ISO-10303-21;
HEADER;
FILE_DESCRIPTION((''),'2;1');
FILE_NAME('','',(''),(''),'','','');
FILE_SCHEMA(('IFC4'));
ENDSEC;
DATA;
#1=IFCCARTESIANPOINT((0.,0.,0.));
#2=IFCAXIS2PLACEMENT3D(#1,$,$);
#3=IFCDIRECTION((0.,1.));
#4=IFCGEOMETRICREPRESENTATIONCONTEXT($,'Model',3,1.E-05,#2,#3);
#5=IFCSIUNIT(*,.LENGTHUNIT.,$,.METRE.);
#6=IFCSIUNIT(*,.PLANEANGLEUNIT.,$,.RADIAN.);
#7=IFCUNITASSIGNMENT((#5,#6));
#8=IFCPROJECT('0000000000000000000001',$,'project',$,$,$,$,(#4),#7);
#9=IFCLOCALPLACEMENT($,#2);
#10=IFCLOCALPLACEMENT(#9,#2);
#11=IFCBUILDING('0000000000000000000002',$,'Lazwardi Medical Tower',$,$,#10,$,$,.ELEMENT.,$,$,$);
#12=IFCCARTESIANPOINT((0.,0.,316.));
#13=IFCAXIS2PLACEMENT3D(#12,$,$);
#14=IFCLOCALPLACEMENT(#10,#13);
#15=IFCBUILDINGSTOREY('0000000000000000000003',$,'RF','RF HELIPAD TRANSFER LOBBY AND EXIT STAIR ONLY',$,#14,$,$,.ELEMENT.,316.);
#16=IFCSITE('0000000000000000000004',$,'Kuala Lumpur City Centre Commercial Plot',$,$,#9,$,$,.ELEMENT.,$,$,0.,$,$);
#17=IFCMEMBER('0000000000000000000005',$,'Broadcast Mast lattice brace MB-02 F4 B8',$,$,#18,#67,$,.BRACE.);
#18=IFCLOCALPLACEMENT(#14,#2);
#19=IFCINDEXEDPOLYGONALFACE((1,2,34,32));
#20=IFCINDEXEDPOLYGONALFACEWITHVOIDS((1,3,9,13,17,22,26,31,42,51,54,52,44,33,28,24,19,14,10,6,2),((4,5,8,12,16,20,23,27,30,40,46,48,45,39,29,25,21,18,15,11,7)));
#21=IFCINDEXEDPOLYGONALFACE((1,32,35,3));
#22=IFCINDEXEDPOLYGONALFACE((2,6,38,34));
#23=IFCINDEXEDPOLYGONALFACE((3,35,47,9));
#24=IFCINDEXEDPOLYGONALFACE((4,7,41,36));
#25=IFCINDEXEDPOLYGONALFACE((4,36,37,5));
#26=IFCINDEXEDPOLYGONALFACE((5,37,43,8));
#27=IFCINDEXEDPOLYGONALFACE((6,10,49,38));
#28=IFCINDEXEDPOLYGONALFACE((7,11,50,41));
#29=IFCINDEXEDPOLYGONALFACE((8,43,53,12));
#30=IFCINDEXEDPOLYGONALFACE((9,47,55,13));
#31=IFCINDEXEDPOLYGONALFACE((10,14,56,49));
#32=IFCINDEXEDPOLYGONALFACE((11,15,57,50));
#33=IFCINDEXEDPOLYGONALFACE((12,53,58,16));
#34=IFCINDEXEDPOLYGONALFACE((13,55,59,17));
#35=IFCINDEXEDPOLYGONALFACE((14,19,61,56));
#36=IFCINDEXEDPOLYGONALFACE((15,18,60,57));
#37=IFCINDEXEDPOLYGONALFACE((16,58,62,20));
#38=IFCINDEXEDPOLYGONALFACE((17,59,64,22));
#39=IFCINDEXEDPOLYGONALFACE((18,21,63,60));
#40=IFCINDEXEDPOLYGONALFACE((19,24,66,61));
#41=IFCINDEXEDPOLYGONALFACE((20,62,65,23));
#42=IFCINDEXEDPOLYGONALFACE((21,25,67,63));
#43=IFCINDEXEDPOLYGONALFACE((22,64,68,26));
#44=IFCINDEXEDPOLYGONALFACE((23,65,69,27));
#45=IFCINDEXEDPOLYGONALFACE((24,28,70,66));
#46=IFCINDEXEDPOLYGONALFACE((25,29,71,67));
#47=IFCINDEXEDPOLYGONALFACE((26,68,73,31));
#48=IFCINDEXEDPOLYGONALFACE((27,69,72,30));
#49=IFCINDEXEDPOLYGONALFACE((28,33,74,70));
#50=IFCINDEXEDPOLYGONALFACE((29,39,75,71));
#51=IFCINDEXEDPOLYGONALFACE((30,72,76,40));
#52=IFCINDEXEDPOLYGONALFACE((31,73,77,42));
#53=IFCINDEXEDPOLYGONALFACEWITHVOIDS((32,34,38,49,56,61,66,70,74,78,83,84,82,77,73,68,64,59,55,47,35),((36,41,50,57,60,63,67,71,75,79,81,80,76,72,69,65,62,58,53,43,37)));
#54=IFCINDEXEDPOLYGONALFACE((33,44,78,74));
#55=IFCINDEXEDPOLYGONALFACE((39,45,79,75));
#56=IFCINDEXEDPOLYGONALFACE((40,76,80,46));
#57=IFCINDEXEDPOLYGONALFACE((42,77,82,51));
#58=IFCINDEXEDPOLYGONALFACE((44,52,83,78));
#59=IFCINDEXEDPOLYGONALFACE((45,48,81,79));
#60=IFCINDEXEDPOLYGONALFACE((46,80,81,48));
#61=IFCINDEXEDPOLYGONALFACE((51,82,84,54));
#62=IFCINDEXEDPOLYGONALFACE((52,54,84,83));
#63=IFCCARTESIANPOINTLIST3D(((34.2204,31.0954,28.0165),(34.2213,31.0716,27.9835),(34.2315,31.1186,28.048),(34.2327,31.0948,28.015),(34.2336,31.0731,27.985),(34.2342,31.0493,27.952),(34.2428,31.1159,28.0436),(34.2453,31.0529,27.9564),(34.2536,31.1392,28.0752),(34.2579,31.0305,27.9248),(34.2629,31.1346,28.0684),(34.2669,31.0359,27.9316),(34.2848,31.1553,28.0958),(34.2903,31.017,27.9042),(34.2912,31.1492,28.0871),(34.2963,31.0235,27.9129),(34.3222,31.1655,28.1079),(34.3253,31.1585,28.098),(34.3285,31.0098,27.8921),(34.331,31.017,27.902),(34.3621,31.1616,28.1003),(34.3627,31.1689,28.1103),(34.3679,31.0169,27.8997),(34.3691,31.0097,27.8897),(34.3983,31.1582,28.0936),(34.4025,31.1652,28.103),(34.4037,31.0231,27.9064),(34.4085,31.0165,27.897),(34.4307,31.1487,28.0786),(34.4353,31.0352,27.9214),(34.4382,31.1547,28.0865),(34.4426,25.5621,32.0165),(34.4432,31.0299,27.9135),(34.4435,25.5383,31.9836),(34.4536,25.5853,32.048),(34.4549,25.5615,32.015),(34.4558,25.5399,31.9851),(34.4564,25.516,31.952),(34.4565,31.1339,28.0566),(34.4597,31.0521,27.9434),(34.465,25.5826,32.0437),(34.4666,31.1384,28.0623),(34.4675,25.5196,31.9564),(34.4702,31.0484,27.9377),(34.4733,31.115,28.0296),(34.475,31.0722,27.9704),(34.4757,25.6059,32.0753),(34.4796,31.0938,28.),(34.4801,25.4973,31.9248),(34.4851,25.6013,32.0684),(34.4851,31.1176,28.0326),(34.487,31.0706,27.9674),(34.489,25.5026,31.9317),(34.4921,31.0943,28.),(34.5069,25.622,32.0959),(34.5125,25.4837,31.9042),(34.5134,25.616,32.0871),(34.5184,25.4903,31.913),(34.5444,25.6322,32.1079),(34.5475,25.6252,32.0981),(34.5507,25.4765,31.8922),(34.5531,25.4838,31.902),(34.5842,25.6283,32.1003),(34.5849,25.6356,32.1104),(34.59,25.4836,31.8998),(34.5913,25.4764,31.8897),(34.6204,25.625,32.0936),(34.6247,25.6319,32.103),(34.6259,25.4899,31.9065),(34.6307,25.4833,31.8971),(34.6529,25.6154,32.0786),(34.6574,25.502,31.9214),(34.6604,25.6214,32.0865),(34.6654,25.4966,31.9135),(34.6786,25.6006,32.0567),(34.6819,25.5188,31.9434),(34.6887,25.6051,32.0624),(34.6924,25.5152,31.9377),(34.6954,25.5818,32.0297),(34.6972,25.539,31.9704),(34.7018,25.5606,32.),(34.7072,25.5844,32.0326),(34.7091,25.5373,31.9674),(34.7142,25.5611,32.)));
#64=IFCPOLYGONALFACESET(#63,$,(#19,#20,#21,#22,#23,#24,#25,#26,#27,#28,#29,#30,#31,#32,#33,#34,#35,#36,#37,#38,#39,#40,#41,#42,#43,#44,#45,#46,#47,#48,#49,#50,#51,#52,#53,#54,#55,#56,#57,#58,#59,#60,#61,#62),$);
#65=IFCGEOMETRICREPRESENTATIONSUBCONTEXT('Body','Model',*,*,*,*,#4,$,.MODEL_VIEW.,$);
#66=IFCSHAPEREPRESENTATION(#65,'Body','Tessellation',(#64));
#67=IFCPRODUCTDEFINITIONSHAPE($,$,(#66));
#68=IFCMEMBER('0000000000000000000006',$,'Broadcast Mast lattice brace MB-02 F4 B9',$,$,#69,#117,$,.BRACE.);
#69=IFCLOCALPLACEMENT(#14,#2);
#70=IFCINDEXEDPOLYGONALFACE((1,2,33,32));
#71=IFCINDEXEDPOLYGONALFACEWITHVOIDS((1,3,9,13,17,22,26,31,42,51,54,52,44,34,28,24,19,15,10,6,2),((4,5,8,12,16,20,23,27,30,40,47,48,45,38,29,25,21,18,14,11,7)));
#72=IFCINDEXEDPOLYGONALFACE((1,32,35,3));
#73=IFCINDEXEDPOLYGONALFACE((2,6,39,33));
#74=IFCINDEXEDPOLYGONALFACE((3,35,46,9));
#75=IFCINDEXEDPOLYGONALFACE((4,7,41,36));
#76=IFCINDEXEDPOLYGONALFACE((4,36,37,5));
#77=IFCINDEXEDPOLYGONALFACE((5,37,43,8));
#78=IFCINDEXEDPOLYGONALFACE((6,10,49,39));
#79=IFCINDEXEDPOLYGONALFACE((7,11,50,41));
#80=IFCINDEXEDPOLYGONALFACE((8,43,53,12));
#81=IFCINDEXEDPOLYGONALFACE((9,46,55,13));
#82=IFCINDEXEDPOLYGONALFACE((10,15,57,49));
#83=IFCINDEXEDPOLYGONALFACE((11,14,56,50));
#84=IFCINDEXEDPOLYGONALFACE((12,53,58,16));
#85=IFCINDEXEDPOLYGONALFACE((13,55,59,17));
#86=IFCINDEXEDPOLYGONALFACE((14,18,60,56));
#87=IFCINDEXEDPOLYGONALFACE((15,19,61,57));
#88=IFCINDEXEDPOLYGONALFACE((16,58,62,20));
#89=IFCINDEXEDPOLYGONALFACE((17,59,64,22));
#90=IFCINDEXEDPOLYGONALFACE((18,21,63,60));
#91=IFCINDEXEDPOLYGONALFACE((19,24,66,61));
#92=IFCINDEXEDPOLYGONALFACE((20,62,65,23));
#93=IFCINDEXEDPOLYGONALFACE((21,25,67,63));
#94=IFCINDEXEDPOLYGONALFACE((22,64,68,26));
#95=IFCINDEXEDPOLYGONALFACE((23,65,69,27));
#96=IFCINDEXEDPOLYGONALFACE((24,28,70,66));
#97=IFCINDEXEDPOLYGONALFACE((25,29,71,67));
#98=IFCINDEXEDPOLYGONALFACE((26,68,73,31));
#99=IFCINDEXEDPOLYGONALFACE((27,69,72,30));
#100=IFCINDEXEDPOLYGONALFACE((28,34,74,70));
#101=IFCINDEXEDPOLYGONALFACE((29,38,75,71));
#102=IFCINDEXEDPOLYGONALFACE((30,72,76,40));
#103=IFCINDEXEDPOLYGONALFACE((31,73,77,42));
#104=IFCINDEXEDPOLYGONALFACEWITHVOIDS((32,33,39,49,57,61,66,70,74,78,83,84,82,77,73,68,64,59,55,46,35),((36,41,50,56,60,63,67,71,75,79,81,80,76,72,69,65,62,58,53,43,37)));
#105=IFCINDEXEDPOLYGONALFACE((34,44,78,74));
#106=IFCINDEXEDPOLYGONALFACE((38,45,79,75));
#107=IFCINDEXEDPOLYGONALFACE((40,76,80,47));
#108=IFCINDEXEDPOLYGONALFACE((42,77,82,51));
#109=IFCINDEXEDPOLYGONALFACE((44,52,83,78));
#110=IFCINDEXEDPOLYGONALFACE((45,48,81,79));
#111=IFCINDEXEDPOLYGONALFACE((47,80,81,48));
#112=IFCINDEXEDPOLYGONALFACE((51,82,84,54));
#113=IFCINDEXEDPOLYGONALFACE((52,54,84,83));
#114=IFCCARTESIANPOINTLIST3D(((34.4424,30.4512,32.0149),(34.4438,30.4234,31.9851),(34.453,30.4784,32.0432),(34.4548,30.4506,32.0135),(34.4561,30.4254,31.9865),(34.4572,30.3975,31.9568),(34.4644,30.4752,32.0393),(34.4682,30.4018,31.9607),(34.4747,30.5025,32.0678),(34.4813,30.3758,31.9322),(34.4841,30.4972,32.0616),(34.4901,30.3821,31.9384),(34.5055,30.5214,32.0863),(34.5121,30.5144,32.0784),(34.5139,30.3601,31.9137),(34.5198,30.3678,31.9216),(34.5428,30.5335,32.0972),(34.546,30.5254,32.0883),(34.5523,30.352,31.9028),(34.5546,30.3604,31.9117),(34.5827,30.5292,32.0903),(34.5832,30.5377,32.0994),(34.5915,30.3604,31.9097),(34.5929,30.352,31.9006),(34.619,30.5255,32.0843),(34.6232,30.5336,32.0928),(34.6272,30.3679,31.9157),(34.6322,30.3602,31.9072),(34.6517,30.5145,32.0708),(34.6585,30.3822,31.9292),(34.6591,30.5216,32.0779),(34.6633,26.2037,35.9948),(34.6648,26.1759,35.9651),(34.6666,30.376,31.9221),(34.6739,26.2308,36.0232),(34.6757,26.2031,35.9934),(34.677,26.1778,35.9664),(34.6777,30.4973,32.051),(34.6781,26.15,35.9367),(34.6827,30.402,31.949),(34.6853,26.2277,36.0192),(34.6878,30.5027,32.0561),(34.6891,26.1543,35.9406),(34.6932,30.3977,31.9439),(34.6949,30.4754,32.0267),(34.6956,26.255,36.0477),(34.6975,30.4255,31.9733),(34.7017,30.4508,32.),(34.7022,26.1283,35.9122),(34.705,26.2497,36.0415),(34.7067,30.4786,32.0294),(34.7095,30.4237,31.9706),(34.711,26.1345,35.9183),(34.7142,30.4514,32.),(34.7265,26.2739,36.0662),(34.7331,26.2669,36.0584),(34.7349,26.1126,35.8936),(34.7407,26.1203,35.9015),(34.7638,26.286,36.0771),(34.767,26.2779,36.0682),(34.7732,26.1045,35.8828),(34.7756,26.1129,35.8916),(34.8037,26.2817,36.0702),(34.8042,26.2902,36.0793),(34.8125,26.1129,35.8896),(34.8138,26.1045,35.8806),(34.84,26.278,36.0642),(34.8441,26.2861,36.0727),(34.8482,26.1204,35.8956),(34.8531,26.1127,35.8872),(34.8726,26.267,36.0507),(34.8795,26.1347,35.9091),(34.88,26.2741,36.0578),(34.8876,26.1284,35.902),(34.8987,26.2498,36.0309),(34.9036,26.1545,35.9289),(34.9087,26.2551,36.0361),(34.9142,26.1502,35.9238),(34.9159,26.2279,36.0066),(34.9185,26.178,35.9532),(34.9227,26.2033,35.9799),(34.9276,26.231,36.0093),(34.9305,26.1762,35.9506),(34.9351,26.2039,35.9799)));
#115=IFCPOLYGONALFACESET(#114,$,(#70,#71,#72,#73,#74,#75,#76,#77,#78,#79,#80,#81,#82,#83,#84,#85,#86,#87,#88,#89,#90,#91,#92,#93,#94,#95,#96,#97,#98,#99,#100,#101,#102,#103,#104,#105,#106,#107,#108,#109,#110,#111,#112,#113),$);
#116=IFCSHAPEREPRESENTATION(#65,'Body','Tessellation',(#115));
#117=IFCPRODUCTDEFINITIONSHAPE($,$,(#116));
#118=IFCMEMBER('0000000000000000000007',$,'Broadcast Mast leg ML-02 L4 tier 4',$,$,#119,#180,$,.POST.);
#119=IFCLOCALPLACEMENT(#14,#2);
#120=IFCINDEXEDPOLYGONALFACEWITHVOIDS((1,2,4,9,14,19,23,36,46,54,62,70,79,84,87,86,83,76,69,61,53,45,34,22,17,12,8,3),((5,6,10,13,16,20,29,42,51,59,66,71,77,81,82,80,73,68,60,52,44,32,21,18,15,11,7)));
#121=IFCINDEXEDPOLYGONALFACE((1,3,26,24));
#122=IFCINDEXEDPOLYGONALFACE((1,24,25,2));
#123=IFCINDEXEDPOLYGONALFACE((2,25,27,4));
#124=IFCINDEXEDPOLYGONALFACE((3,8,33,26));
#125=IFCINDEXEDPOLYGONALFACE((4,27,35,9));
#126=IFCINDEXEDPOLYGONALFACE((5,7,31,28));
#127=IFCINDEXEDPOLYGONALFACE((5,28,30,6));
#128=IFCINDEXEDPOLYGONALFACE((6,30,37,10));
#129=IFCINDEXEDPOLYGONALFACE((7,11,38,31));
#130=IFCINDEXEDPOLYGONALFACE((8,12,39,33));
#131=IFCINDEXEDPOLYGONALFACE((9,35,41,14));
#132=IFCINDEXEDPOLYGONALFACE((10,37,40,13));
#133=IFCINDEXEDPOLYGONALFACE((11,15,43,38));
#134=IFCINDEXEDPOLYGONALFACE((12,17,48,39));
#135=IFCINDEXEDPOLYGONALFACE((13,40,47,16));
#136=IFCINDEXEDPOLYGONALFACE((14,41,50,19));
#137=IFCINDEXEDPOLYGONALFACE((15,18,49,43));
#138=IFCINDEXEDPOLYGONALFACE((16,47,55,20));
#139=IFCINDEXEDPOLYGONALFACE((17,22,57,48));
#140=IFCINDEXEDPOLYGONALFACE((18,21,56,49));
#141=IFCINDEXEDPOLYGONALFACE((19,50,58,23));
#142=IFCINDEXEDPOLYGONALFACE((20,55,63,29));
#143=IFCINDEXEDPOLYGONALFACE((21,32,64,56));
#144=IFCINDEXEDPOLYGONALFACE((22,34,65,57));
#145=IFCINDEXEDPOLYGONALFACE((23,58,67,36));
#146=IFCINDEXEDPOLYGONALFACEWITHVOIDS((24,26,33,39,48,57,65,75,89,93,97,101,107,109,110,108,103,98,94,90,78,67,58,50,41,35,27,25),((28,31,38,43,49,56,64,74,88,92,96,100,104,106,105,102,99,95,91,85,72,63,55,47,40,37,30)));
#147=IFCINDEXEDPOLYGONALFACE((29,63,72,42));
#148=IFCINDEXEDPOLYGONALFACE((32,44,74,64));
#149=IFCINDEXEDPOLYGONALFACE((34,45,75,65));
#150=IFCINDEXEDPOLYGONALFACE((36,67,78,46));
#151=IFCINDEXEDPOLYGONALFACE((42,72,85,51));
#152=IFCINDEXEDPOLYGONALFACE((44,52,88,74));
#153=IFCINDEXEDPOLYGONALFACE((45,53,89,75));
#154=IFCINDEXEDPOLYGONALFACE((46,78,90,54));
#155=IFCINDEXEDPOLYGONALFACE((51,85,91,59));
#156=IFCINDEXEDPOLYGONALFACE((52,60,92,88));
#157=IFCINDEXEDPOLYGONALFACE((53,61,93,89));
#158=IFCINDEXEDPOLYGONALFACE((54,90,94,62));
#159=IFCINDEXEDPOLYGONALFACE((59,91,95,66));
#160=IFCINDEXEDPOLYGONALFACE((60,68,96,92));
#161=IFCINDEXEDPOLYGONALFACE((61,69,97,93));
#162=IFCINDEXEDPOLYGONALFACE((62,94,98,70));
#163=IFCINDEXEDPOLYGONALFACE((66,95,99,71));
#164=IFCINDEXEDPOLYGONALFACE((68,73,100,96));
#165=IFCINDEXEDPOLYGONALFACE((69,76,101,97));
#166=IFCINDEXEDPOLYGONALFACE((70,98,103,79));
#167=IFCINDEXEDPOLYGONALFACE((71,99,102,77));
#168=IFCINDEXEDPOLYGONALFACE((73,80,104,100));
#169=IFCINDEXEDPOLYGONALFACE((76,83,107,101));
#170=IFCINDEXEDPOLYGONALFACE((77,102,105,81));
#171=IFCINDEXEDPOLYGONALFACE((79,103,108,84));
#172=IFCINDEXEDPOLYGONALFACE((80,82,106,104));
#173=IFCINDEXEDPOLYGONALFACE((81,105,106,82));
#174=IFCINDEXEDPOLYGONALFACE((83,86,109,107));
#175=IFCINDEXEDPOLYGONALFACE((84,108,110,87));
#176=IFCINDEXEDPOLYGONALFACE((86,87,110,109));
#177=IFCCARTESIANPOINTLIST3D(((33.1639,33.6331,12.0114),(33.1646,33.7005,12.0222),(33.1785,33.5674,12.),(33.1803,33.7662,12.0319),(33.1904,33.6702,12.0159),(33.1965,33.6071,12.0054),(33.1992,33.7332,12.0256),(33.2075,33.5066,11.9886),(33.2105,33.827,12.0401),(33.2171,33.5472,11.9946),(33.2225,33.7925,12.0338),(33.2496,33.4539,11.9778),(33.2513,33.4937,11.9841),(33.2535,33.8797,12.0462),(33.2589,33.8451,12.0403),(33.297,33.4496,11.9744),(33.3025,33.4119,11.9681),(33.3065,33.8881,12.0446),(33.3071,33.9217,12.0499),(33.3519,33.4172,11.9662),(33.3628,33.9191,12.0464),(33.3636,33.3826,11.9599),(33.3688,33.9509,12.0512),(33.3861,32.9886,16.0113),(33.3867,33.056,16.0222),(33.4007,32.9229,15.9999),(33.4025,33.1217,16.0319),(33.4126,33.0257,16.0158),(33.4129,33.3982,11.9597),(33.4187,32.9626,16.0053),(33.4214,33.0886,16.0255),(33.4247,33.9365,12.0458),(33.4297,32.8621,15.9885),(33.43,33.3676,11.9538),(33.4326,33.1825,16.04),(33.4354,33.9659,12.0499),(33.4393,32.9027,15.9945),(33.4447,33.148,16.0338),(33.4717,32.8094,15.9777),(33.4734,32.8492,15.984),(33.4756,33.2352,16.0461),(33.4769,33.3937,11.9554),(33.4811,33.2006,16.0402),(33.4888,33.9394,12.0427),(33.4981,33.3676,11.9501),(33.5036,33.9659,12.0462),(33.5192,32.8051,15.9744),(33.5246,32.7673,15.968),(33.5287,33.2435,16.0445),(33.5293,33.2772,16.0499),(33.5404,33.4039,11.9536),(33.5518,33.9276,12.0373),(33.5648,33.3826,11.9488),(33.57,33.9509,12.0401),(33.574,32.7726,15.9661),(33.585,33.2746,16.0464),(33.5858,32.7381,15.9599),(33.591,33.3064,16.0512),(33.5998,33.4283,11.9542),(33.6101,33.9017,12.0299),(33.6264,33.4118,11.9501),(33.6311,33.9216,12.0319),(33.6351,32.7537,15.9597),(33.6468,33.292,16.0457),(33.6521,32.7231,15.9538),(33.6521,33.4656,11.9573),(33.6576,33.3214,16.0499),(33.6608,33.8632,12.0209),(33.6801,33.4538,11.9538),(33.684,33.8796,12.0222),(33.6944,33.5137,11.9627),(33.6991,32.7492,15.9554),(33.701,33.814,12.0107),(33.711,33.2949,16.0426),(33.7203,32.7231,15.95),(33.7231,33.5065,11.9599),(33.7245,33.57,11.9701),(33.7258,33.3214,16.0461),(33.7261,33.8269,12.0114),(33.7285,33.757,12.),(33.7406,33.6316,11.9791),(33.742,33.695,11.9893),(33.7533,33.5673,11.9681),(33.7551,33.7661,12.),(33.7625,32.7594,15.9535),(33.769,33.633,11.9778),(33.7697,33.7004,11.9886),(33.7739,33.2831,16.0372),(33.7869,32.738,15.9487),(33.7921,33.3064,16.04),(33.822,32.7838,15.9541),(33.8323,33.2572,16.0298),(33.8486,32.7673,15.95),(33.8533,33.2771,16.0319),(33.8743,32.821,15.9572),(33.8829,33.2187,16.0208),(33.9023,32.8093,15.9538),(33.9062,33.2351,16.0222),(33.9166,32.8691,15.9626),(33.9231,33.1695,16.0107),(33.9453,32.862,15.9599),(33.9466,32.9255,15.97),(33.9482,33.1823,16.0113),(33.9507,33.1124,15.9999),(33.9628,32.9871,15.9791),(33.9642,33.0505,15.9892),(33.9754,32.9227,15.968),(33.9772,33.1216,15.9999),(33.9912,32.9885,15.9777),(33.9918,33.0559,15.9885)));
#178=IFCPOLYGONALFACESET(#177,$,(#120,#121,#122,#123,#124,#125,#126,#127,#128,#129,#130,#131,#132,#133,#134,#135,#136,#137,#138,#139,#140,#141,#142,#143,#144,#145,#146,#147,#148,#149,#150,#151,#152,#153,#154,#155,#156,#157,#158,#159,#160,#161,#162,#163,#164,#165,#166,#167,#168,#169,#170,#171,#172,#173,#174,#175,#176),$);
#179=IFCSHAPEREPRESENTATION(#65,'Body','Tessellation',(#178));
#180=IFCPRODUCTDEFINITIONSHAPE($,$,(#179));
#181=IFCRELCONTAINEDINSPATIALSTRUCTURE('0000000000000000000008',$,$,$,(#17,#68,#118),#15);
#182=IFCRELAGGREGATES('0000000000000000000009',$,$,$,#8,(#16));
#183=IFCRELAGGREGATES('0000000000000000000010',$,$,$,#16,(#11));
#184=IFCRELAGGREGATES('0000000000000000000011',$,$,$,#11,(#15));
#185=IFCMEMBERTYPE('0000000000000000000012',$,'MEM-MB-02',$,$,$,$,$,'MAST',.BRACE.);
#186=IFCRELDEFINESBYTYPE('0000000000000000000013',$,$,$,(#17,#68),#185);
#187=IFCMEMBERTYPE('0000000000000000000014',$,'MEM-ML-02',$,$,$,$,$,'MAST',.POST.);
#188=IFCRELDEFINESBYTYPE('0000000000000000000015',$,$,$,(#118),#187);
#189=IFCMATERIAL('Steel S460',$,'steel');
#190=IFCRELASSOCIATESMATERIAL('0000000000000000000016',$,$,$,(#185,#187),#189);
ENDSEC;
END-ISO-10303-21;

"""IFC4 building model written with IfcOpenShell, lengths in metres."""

from ifc_helpers import new_model, si_unit, direction, frame, origin, origin_2d, place, context, subcontext, project, spatial, hollow_circle, extrude, material, material_profile, profile_set, type_object, element, save


model = new_model("IFC4")

# Units and contexts
model_context = context("Model", 3, precision=1e-05, world=origin(), true_north=direction((0.0, 1.0)))
body_context = subcontext(model_context, "Body", "Model", "MODEL_VIEW")
ifc_project = project(units=[si_unit("LENGTHUNIT", "METRE"), si_unit("PLANEANGLEUNIT", "RADIAN")], contexts=[model_context])

# Site, building, storey
site_placement = place(None, origin())
site = spatial("IfcSite", under=ifc_project, at=site_placement, Name="Kuala Lumpur City Centre Commercial Plot", CompositionType="ELEMENT", RefElevation=0.0)
building_placement = place(site_placement, origin())
building = spatial("IfcBuilding", under=site, at=building_placement, Name="Lazwardi Medical Tower", CompositionType="ELEMENT")
storey_placement = place(building_placement, frame((0.0, 0.0, 316.0)))
storey = spatial("IfcBuildingStorey", under=building, at=storey_placement, Name="RF", Description="RF HELIPAD TRANSFER LOBBY AND EXIT STAIR ONLY", CompositionType="ELEMENT", Elevation=316.0)

# Members
ifc_material = material(Name="Steel S460", Category="steel")
ifc_material_profile_1 = material_profile(ifc_material, hollow_circle(Radius=0.1365, WallThickness=0.0125, at=origin_2d()), Name="CHS 273x12.5")
ifc_profile_set_1 = profile_set([ifc_material_profile_1], Name="Steel S460")
member_type_1 = type_object("IfcMemberType", Name="MEM-MB-02", ElementType="MAST", PredefinedType="BRACE", material=ifc_profile_set_1)
member_1_placement = place(storey_placement, frame((34.3557, 31.0889, 28.0), z_axis=(0.032522, -0.809986, 0.585546), x_axis=(0.999195, 0.040119, 0.0)))
element("IfcMember", 1, at=member_1_placement, inside=storey, type_object=member_type_1, Name="Broadcast Mast lattice brace MB-02 F4 B8", PredefinedType="BRACE", context=body_context, shape_type="SweptSolid", body=[
    extrude(hollow_circle(Radius=0.1365, WallThickness=0.0125, at=origin_2d()), origin(), (0.0, 0.0, 1.0), 6.8313),
])
member_2_placement = place(storey_placement, frame((34.5779, 30.4443, 32.0), z_axis=(0.037931, -0.729193, 0.683257), x_axis=(0.99865, 0.051947, 0.0)))
element("IfcMember", 2, at=member_2_placement, inside=storey, type_object=member_type_1, Name="Broadcast Mast lattice brace MB-02 F4 B9", PredefinedType="BRACE", context=body_context, shape_type="SweptSolid", body=[
    extrude(hollow_circle(Radius=0.1365, WallThickness=0.0125, at=origin_2d()), origin(), (0.0, 0.0, 1.0), 5.825),
])
ifc_material_profile_2 = material_profile(ifc_material, hollow_circle(Radius=0.3049, WallThickness=0.0281, at=origin_2d()), Name="CHS 610x28")
ifc_profile_set_2 = profile_set([ifc_material_profile_2], Name="Steel S460")
member_type_2 = type_object("IfcMemberType", Name="MEM-ML-02", ElementType="MAST", PredefinedType="POST", material=ifc_profile_set_2)
for number, where, z_axis, x_axis, name in (
    (3, (33.4668, 33.6667, 12.0), (0.054752, -0.158842, 0.985785), (0.945411, 0.32588, 0.0), "Broadcast Mast leg ML-02 L4 tier 4"),
):
    element("IfcMember", number, at=place(storey_placement, frame(where, z_axis=z_axis, x_axis=x_axis)), inside=storey, type_object=member_type_2, Name=name, PredefinedType="POST", context=body_context, shape_type="SweptSolid", body=[
        extrude(hollow_circle(Radius=0.3049, WallThickness=0.0281, at=origin_2d()), origin(), (0.0, 0.0, 1.0), 4.0576),
    ])

save(model, "model.ifc")
